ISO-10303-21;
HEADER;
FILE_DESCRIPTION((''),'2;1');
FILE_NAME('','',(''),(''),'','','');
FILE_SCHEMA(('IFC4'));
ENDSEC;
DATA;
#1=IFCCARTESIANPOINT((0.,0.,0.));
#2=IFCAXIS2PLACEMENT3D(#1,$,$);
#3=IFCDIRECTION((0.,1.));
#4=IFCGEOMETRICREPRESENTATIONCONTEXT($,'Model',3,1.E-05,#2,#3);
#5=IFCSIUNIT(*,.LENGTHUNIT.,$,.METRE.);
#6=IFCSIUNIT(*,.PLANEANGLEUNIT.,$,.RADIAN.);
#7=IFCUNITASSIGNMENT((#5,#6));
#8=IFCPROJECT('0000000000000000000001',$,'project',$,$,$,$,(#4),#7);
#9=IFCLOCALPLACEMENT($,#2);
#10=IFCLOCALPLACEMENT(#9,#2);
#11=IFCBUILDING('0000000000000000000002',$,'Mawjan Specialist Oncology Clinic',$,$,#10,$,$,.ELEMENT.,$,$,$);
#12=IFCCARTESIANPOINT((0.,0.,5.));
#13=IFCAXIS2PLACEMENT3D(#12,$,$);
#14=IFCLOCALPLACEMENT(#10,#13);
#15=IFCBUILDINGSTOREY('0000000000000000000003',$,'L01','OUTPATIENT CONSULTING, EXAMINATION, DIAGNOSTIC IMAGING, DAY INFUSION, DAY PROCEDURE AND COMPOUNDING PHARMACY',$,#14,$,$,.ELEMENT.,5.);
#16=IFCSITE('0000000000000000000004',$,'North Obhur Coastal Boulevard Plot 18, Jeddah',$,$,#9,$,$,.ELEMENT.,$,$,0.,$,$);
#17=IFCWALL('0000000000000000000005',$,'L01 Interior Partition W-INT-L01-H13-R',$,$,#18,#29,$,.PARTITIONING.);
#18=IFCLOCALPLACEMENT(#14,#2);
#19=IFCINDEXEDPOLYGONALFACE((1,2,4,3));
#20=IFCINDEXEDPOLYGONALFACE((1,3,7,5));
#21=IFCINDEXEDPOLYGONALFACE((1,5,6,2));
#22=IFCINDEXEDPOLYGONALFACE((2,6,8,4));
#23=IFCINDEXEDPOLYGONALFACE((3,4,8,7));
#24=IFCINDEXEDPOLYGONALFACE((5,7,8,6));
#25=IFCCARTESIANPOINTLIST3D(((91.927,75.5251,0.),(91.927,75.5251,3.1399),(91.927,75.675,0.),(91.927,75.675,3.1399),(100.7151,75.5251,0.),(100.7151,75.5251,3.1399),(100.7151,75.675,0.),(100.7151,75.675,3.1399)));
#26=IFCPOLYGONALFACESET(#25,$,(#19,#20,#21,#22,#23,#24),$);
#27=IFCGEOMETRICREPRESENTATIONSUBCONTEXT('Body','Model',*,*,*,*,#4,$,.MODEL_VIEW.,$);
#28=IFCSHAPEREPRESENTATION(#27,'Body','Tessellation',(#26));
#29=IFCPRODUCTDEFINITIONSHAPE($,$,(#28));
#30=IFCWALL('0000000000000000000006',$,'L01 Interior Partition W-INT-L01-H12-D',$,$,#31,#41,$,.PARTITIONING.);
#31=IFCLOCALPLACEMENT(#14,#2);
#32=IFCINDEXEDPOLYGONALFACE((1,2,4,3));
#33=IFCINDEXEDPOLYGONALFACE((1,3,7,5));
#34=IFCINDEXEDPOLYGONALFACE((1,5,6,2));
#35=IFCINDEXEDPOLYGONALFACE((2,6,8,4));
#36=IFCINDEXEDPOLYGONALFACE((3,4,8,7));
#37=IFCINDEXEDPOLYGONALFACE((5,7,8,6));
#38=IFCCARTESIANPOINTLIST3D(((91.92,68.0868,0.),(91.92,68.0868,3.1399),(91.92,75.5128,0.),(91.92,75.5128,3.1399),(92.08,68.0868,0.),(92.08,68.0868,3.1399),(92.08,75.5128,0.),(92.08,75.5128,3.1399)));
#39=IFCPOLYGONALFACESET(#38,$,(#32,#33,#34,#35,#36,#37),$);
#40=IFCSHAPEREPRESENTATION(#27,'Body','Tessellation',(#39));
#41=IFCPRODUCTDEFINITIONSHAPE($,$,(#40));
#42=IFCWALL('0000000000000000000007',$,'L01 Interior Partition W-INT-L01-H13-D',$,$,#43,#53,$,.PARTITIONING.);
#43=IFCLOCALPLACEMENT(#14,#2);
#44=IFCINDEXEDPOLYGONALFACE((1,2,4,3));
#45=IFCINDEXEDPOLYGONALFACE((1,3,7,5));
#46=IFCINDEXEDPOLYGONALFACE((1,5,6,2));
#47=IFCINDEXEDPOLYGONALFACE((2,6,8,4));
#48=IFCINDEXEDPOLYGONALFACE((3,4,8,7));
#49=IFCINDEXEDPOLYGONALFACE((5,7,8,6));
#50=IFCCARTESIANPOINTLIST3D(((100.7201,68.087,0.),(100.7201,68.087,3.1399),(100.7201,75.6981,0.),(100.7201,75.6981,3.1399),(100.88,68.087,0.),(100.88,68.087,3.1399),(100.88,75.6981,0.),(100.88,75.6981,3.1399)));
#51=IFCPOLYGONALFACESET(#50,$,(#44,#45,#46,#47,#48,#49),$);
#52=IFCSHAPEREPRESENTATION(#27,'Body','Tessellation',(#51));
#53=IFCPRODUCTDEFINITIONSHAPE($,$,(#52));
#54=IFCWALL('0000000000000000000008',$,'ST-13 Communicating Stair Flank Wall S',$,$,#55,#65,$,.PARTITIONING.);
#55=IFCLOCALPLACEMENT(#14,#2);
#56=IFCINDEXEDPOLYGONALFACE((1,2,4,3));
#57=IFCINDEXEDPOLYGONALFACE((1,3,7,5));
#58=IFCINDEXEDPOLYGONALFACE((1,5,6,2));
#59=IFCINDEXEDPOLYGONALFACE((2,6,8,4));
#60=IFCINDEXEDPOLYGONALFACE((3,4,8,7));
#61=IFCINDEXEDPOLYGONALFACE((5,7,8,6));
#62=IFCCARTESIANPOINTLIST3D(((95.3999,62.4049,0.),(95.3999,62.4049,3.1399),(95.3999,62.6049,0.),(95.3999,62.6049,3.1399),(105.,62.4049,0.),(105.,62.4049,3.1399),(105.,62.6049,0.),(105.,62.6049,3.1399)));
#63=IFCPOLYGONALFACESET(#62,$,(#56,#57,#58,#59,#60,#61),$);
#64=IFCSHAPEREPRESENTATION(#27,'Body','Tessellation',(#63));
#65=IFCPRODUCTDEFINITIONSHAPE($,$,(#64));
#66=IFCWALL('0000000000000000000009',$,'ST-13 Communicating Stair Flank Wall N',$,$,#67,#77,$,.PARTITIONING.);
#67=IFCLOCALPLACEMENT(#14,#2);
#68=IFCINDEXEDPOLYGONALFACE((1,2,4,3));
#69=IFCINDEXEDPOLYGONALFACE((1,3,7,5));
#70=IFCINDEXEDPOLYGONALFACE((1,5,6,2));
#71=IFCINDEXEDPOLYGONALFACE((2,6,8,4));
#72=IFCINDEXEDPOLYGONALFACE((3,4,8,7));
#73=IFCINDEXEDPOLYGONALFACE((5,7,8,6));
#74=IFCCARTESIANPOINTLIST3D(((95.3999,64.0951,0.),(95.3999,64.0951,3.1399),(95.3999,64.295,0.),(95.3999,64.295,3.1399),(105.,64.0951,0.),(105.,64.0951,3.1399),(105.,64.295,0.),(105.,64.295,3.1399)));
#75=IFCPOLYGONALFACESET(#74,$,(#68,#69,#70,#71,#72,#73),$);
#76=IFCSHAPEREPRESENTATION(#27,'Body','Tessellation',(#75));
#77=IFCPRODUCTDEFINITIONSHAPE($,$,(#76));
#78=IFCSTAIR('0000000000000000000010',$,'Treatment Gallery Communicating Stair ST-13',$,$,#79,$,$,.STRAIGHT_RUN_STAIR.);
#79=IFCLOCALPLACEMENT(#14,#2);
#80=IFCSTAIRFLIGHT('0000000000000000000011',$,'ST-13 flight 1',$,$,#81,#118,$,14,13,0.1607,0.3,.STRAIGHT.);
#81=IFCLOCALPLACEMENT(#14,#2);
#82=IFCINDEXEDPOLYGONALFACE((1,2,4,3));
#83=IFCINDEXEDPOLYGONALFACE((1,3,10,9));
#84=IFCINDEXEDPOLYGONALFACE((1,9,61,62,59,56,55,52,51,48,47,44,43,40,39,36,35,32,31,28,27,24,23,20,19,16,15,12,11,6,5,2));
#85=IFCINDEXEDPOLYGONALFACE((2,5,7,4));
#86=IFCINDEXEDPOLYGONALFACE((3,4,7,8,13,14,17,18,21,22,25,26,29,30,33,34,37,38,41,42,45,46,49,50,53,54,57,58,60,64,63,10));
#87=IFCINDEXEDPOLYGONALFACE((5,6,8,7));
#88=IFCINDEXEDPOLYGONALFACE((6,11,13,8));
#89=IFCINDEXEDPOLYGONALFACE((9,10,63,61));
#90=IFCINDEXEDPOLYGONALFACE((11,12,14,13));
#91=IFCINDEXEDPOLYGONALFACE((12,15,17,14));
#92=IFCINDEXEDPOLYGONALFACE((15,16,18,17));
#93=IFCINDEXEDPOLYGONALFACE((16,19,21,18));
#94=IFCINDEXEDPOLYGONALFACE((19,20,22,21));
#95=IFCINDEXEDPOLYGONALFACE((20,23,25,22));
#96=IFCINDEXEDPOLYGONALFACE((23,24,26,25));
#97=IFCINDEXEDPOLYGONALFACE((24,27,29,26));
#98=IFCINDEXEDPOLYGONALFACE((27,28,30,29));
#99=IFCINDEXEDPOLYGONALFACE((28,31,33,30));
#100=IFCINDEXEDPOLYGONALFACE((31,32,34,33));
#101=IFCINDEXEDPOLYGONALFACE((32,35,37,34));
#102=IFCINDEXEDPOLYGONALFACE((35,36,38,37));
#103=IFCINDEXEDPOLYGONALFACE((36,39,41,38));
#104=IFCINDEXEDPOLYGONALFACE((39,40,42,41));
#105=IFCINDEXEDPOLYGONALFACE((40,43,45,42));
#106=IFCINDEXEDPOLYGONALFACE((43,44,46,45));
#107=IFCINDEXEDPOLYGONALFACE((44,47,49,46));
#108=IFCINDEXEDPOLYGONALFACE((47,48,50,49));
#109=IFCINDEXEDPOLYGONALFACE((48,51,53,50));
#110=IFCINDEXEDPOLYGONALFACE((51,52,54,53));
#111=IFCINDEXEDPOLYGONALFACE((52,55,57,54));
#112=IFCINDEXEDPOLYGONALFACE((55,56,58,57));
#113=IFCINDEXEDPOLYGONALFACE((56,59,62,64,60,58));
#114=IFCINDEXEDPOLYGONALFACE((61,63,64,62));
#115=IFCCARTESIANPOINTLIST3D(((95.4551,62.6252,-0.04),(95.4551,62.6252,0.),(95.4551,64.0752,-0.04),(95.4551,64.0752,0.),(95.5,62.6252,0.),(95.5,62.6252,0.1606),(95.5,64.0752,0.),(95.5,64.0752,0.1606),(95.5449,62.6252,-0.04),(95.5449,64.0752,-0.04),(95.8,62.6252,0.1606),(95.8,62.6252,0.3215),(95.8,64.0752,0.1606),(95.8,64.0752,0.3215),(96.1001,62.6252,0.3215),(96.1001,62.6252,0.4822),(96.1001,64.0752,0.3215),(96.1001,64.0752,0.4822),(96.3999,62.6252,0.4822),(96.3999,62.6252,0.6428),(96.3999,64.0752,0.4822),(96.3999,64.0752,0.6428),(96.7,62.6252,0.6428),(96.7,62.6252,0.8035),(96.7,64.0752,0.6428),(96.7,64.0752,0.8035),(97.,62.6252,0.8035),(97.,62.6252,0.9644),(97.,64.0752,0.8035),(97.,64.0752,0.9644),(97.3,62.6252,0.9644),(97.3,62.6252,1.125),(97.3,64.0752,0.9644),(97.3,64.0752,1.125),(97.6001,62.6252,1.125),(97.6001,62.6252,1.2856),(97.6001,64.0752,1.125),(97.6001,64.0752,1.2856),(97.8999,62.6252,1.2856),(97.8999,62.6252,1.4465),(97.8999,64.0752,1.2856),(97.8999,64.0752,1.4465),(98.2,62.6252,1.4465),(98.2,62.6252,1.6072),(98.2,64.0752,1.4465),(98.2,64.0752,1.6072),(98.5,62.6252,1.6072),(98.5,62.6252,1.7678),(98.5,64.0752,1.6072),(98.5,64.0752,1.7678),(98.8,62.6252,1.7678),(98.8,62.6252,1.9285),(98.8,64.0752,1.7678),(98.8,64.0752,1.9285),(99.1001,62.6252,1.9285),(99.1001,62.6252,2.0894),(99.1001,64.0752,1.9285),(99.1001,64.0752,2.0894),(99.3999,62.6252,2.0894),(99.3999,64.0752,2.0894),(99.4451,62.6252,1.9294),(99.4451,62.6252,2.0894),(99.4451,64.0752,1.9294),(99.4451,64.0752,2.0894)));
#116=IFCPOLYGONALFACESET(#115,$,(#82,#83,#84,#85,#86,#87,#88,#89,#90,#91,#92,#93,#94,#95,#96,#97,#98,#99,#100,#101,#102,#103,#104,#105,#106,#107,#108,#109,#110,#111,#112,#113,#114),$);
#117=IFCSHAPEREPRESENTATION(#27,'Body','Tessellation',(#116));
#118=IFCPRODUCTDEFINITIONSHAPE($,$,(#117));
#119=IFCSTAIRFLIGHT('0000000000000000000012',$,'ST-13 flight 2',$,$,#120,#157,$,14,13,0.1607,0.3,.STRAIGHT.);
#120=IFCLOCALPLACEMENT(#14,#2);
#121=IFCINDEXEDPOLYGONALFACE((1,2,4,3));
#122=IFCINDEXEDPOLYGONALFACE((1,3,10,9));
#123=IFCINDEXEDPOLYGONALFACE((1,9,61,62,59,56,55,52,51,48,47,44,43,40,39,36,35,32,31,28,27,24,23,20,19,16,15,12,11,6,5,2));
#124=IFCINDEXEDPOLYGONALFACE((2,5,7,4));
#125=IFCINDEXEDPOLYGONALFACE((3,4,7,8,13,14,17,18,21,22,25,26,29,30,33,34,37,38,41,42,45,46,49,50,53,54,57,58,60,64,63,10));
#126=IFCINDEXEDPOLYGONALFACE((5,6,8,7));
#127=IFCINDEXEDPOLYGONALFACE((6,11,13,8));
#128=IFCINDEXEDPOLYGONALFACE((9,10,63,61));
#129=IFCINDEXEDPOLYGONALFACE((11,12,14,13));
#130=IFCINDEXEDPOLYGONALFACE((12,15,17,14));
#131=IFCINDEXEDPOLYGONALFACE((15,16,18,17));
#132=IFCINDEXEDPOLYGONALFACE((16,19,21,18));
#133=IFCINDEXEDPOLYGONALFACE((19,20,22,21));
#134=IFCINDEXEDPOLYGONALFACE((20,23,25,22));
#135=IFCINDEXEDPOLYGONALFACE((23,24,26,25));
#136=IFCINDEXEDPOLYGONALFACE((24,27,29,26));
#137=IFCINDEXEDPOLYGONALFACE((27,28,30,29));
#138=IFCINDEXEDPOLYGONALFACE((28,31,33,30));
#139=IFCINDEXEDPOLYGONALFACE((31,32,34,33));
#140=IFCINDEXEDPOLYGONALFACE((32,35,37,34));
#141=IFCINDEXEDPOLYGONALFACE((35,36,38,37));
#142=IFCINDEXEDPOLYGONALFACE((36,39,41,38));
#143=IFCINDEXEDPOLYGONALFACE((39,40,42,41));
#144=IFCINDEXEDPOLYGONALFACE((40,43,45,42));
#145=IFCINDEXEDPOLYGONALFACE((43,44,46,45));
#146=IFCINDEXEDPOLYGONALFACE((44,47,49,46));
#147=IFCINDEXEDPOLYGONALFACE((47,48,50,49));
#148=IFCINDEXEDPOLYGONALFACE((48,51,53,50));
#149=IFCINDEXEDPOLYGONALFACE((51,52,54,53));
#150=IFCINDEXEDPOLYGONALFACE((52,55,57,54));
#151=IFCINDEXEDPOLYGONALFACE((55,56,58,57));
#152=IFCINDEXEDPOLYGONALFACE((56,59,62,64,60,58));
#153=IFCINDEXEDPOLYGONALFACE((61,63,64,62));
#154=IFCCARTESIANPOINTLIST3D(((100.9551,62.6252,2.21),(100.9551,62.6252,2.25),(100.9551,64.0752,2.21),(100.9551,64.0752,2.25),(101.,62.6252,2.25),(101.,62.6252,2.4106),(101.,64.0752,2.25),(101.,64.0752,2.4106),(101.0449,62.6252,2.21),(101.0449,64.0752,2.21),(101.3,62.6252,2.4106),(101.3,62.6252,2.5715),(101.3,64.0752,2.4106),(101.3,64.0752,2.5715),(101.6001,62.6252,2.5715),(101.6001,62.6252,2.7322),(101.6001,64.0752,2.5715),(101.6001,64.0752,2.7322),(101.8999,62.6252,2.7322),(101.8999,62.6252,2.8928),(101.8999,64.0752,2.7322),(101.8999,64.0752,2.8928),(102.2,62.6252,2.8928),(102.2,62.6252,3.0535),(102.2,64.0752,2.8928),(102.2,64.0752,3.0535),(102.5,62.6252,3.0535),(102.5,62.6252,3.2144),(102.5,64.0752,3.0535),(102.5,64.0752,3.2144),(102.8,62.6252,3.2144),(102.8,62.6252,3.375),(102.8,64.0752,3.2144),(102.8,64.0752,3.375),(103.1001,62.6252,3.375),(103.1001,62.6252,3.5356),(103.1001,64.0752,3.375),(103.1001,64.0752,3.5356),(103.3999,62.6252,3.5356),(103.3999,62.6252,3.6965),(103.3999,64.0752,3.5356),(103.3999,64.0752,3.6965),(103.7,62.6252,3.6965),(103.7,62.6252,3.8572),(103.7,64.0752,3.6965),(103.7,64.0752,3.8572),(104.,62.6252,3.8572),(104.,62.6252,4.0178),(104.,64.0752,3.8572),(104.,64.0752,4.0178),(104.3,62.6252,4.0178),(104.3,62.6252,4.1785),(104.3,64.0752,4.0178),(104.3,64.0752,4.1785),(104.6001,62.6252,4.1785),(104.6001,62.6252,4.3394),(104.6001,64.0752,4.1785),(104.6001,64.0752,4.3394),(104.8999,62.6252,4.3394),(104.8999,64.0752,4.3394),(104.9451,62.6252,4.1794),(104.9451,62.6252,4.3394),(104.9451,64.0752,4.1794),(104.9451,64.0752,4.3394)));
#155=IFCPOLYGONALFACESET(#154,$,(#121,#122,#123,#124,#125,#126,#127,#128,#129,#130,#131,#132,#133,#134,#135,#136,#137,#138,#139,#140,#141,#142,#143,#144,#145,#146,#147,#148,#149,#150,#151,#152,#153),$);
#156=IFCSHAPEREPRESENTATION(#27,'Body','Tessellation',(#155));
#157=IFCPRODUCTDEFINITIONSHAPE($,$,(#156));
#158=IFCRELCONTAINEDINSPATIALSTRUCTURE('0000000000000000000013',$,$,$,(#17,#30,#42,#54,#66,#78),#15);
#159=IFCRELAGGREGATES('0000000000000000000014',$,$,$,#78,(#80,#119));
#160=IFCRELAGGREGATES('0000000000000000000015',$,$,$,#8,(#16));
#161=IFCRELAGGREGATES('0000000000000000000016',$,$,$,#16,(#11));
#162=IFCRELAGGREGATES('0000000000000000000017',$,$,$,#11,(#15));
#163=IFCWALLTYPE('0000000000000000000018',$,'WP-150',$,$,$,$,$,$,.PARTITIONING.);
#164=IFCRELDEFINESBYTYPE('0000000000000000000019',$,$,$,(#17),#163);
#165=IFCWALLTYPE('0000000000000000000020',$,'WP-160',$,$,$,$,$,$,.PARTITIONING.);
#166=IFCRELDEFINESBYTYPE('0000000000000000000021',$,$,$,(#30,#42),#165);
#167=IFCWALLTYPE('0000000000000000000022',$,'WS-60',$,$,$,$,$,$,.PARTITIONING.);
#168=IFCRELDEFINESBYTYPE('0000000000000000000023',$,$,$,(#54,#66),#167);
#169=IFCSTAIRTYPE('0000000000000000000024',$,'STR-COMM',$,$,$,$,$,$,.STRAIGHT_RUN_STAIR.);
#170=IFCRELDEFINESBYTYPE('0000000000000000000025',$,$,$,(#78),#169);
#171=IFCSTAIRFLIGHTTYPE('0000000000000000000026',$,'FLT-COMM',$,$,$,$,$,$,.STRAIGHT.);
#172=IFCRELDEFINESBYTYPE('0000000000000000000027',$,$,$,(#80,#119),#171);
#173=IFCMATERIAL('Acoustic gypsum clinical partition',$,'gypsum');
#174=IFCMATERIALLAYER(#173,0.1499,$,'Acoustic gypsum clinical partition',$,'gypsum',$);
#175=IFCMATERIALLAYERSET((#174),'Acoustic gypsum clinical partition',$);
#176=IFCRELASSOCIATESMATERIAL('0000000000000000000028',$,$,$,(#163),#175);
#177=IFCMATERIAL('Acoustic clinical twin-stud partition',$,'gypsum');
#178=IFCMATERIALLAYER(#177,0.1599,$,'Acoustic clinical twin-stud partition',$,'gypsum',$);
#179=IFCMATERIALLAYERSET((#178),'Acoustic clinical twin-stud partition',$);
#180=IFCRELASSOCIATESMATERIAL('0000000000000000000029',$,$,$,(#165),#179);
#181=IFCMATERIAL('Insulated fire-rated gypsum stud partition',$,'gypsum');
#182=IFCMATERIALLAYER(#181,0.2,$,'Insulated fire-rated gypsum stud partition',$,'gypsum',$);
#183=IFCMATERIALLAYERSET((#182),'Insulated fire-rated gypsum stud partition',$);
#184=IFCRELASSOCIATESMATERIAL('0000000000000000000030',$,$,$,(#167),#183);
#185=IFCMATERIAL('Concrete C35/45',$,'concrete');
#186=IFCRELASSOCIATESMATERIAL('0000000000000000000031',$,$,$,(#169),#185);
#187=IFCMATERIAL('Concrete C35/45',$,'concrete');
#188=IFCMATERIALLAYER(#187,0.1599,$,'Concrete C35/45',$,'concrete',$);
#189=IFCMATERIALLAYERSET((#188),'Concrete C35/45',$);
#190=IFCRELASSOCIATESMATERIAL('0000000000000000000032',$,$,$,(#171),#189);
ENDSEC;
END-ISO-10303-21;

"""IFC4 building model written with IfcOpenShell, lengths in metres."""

from ifc_helpers import new_model, si_unit, direction, frame, frame_2d, origin, place, context, subcontext, project, spatial, polyline, rectangle, outline, extrude, material, layer, layer_set, type_object, element, aggregate, save


model = new_model("IFC4")

# Units and contexts
model_context = context("Model", 3, precision=1e-05, world=origin(), true_north=direction((0.0, 1.0)))
body_context = subcontext(model_context, "Body", "Model", "MODEL_VIEW")
ifc_project = project(units=[si_unit("LENGTHUNIT", "METRE"), si_unit("PLANEANGLEUNIT", "RADIAN")], contexts=[model_context])

# Site, building, storey
site_placement = place(None, origin())
site = spatial("IfcSite", under=ifc_project, at=site_placement, Name="North Obhur Coastal Boulevard Plot 18, Jeddah", CompositionType="ELEMENT", RefElevation=0.0)
building_placement = place(site_placement, origin())
building = spatial("IfcBuilding", under=site, at=building_placement, Name="Mawjan Specialist Oncology Clinic", CompositionType="ELEMENT")
storey_placement = place(building_placement, frame((0.0, 0.0, 5.0)))
storey = spatial("IfcBuildingStorey", under=building, at=storey_placement, Name="L01", Description="OUTPATIENT CONSULTING, EXAMINATION, DIAGNOSTIC IMAGING, DAY INFUSION, DAY PROCEDURE AND COMPOUNDING PHARMACY", CompositionType="ELEMENT", Elevation=5.0)

# Shared definitions
ifc_material_1 = material(Name="Acoustic gypsum clinical partition", Category="gypsum")
ifc_layer_1 = layer(ifc_material_1, 0.1499, Name="Acoustic gypsum clinical partition", Category="gypsum")
ifc_layer_set_1 = layer_set([ifc_layer_1], Name="Acoustic gypsum clinical partition")
wall_type_1 = type_object("IfcWallType", Name="WP-150", PredefinedType="PARTITIONING", material=ifc_layer_set_1)

# Walls
wall_1_placement = place(storey_placement, frame((91.927, 75.6001, 0.0), z_axis=(0.0, 0.0, 1.0), x_axis=(1.0, 0.0, 0.0)))
element("IfcWall", 1, at=wall_1_placement, inside=storey, type_object=wall_type_1, Name="L01 Interior Partition W-INT-L01-H13-R", PredefinedType="PARTITIONING", context=body_context, shape_type="SweptSolid", body=[
    extrude(rectangle(XDim=8.7881, YDim=0.1499, at=frame_2d((4.394, 0.0))), origin(), (0.0, 0.0, 1.0), 3.1399),
])
ifc_material_2 = material(Name="Acoustic clinical twin-stud partition", Category="gypsum")
ifc_layer_2 = layer(ifc_material_2, 0.1599, Name="Acoustic clinical twin-stud partition", Category="gypsum")
ifc_layer_set_2 = layer_set([ifc_layer_2], Name="Acoustic clinical twin-stud partition")
wall_type_2 = type_object("IfcWallType", Name="WP-160", PredefinedType="PARTITIONING", material=ifc_layer_set_2)
wall_2_placement = place(storey_placement, frame((92.0, 68.0869, 0.0), z_axis=(0.0, 0.0, 1.0), x_axis=(0.0, 1.0, 0.0)))
element("IfcWall", 2, at=wall_2_placement, inside=storey, type_object=wall_type_2, Name="L01 Interior Partition W-INT-L01-H12-D", PredefinedType="PARTITIONING", context=body_context, shape_type="SweptSolid", body=[
    extrude(rectangle(XDim=7.426, YDim=0.1599, at=frame_2d((3.7129, 0.0))), origin(), (0.0, 0.0, 1.0), 3.1399),
])
wall_3_placement = place(storey_placement, frame((100.8, 68.0869, 0.0), z_axis=(0.0, 0.0, 1.0), x_axis=(0.0, 1.0, 0.0)))
element("IfcWall", 3, at=wall_3_placement, inside=storey, type_object=wall_type_2, Name="L01 Interior Partition W-INT-L01-H13-D", PredefinedType="PARTITIONING", context=body_context, shape_type="SweptSolid", body=[
    extrude(rectangle(XDim=7.6111, YDim=0.1599, at=frame_2d((3.8057, 0.0))), origin(), (0.0, 0.0, 1.0), 3.1399),
])
ifc_material_3 = material(Name="Insulated fire-rated gypsum stud partition", Category="gypsum")
ifc_layer_3 = layer(ifc_material_3, 0.2, Name="Insulated fire-rated gypsum stud partition", Category="gypsum")
ifc_layer_set_3 = layer_set([ifc_layer_3], Name="Insulated fire-rated gypsum stud partition")
wall_type_3 = type_object("IfcWallType", Name="WS-60", PredefinedType="PARTITIONING", material=ifc_layer_set_3)
for number, where, z_axis, x_axis, name in (
    (4, (95.3999, 62.5049, 0.0), (0.0, 0.0, 1.0), (1.0, 0.0, 0.0), "ST-13 Communicating Stair Flank Wall S"),
    (5, (95.3999, 64.1951, 0.0), (0.0, 0.0, 1.0), (1.0, 0.0, 0.0), "ST-13 Communicating Stair Flank Wall N"),
):
    element("IfcWall", number, at=place(storey_placement, frame(where, z_axis=z_axis, x_axis=x_axis)), inside=storey, type_object=wall_type_3, Name=name, PredefinedType="PARTITIONING", context=body_context, shape_type="SweptSolid", body=[
        extrude(rectangle(XDim=9.6001, YDim=0.2, at=frame_2d((4.8, 0.0))), origin(), (0.0, 0.0, 1.0), 3.1399),
    ])

# Stair, stair flights
ifc_material_4 = material(Name="Concrete C35/45", Category="concrete")
stair_type = type_object("IfcStairType", Name="STR-COMM", PredefinedType="STRAIGHT_RUN_STAIR", material=ifc_material_4)
stair_placement = place(storey_placement, origin())
stair = element("IfcStair", 6, at=stair_placement, inside=storey, type_object=stair_type, Name="Treatment Gallery Communicating Stair ST-13", PredefinedType="STRAIGHT_RUN_STAIR")
ifc_material_5 = material(Name="Concrete C35/45", Category="concrete")
ifc_layer_4 = layer(ifc_material_5, 0.1599, Name="Concrete C35/45", Category="concrete")
ifc_layer_set_4 = layer_set([ifc_layer_4], Name="Concrete C35/45")
stair_flight_type = type_object("IfcStairFlightType", Name="FLT-COMM", PredefinedType="STRAIGHT", material=ifc_layer_set_4)
stair_flight_1_placement = place(storey_placement, frame((95.5, 63.3501, 0.0), z_axis=(0.0, 0.0, 1.0), x_axis=(1.0, 0.0, 0.0)))
stair_flight_1 = element("IfcStairFlight", 7, at=stair_flight_1_placement, type_object=stair_flight_type, Name="ST-13 flight 1", NumberOfRisers=14, NumberOfTreads=13, PredefinedType="STRAIGHT", RiserHeight=0.1607, TreadLength=0.3, context=body_context, shape_type="SweptSolid", body=[
    extrude(outline(polyline([(-0.0449, -0.04), (-0.0449, 0.0), (0.0, 0.0), (0.0, 0.1606), (0.3, 0.1606), (0.3, 0.3215), (0.6001, 0.3215), (0.6001, 0.4822), (0.8999, 0.4822), (0.8999, 0.6428), (1.2, 0.6428), (1.2, 0.8035), (1.5, 0.8035), (1.5, 0.9644), (1.8, 0.9644), (1.8, 1.125), (2.1001, 1.125), (2.1001, 1.2856), (2.3999, 1.2856), (2.3999, 1.4465), (2.7, 1.4465), (2.7, 1.6072), (3.0, 1.6072), (3.0, 1.7678), (3.3, 1.7678), (3.3, 1.9285), (3.6001, 1.9285), (3.6001, 2.0894), (3.8999, 2.0894), (3.9451, 2.0894), (3.9451, 1.9294), (0.0449, -0.04), (-0.0449, -0.04)])), frame((0.0, 0.7251, 0.0), z_axis=(0.0, -1.0, 0.0), x_axis=(1.0, 0.0, 0.0)), (0.0, 0.0, 1.0), 1.45),
])
stair_flight_2_placement = place(storey_placement, frame((101.0, 63.3501, 2.25), z_axis=(0.0, 0.0, 1.0), x_axis=(1.0, 0.0, 0.0)))
stair_flight_2 = element("IfcStairFlight", 8, at=stair_flight_2_placement, type_object=stair_flight_type, Name="ST-13 flight 2", NumberOfRisers=14, NumberOfTreads=13, PredefinedType="STRAIGHT", RiserHeight=0.1607, TreadLength=0.3, context=body_context, shape_type="SweptSolid", body=[
    extrude(outline(polyline([(-0.0449, -0.04), (-0.0449, 0.0), (0.0, 0.0), (0.0, 0.1606), (0.3, 0.1606), (0.3, 0.3215), (0.6001, 0.3215), (0.6001, 0.4822), (0.8999, 0.4822), (0.8999, 0.6428), (1.2, 0.6428), (1.2, 0.8035), (1.5, 0.8035), (1.5, 0.9644), (1.8, 0.9644), (1.8, 1.125), (2.1001, 1.125), (2.1001, 1.2856), (2.3999, 1.2856), (2.3999, 1.4465), (2.7, 1.4465), (2.7, 1.6072), (3.0, 1.6072), (3.0, 1.7678), (3.3, 1.7678), (3.3, 1.9285), (3.6001, 1.9285), (3.6001, 2.0894), (3.8999, 2.0894), (3.9451, 2.0894), (3.9451, 1.9294), (0.0449, -0.04), (-0.0449, -0.04)])), frame((0.0, 0.7251, 0.0), z_axis=(0.0, -1.0, 0.0), x_axis=(1.0, 0.0, 0.0)), (0.0, 0.0, 1.0), 1.45),
])
aggregate(stair, [stair_flight_1, stair_flight_2])

save(model, "model.ifc")
